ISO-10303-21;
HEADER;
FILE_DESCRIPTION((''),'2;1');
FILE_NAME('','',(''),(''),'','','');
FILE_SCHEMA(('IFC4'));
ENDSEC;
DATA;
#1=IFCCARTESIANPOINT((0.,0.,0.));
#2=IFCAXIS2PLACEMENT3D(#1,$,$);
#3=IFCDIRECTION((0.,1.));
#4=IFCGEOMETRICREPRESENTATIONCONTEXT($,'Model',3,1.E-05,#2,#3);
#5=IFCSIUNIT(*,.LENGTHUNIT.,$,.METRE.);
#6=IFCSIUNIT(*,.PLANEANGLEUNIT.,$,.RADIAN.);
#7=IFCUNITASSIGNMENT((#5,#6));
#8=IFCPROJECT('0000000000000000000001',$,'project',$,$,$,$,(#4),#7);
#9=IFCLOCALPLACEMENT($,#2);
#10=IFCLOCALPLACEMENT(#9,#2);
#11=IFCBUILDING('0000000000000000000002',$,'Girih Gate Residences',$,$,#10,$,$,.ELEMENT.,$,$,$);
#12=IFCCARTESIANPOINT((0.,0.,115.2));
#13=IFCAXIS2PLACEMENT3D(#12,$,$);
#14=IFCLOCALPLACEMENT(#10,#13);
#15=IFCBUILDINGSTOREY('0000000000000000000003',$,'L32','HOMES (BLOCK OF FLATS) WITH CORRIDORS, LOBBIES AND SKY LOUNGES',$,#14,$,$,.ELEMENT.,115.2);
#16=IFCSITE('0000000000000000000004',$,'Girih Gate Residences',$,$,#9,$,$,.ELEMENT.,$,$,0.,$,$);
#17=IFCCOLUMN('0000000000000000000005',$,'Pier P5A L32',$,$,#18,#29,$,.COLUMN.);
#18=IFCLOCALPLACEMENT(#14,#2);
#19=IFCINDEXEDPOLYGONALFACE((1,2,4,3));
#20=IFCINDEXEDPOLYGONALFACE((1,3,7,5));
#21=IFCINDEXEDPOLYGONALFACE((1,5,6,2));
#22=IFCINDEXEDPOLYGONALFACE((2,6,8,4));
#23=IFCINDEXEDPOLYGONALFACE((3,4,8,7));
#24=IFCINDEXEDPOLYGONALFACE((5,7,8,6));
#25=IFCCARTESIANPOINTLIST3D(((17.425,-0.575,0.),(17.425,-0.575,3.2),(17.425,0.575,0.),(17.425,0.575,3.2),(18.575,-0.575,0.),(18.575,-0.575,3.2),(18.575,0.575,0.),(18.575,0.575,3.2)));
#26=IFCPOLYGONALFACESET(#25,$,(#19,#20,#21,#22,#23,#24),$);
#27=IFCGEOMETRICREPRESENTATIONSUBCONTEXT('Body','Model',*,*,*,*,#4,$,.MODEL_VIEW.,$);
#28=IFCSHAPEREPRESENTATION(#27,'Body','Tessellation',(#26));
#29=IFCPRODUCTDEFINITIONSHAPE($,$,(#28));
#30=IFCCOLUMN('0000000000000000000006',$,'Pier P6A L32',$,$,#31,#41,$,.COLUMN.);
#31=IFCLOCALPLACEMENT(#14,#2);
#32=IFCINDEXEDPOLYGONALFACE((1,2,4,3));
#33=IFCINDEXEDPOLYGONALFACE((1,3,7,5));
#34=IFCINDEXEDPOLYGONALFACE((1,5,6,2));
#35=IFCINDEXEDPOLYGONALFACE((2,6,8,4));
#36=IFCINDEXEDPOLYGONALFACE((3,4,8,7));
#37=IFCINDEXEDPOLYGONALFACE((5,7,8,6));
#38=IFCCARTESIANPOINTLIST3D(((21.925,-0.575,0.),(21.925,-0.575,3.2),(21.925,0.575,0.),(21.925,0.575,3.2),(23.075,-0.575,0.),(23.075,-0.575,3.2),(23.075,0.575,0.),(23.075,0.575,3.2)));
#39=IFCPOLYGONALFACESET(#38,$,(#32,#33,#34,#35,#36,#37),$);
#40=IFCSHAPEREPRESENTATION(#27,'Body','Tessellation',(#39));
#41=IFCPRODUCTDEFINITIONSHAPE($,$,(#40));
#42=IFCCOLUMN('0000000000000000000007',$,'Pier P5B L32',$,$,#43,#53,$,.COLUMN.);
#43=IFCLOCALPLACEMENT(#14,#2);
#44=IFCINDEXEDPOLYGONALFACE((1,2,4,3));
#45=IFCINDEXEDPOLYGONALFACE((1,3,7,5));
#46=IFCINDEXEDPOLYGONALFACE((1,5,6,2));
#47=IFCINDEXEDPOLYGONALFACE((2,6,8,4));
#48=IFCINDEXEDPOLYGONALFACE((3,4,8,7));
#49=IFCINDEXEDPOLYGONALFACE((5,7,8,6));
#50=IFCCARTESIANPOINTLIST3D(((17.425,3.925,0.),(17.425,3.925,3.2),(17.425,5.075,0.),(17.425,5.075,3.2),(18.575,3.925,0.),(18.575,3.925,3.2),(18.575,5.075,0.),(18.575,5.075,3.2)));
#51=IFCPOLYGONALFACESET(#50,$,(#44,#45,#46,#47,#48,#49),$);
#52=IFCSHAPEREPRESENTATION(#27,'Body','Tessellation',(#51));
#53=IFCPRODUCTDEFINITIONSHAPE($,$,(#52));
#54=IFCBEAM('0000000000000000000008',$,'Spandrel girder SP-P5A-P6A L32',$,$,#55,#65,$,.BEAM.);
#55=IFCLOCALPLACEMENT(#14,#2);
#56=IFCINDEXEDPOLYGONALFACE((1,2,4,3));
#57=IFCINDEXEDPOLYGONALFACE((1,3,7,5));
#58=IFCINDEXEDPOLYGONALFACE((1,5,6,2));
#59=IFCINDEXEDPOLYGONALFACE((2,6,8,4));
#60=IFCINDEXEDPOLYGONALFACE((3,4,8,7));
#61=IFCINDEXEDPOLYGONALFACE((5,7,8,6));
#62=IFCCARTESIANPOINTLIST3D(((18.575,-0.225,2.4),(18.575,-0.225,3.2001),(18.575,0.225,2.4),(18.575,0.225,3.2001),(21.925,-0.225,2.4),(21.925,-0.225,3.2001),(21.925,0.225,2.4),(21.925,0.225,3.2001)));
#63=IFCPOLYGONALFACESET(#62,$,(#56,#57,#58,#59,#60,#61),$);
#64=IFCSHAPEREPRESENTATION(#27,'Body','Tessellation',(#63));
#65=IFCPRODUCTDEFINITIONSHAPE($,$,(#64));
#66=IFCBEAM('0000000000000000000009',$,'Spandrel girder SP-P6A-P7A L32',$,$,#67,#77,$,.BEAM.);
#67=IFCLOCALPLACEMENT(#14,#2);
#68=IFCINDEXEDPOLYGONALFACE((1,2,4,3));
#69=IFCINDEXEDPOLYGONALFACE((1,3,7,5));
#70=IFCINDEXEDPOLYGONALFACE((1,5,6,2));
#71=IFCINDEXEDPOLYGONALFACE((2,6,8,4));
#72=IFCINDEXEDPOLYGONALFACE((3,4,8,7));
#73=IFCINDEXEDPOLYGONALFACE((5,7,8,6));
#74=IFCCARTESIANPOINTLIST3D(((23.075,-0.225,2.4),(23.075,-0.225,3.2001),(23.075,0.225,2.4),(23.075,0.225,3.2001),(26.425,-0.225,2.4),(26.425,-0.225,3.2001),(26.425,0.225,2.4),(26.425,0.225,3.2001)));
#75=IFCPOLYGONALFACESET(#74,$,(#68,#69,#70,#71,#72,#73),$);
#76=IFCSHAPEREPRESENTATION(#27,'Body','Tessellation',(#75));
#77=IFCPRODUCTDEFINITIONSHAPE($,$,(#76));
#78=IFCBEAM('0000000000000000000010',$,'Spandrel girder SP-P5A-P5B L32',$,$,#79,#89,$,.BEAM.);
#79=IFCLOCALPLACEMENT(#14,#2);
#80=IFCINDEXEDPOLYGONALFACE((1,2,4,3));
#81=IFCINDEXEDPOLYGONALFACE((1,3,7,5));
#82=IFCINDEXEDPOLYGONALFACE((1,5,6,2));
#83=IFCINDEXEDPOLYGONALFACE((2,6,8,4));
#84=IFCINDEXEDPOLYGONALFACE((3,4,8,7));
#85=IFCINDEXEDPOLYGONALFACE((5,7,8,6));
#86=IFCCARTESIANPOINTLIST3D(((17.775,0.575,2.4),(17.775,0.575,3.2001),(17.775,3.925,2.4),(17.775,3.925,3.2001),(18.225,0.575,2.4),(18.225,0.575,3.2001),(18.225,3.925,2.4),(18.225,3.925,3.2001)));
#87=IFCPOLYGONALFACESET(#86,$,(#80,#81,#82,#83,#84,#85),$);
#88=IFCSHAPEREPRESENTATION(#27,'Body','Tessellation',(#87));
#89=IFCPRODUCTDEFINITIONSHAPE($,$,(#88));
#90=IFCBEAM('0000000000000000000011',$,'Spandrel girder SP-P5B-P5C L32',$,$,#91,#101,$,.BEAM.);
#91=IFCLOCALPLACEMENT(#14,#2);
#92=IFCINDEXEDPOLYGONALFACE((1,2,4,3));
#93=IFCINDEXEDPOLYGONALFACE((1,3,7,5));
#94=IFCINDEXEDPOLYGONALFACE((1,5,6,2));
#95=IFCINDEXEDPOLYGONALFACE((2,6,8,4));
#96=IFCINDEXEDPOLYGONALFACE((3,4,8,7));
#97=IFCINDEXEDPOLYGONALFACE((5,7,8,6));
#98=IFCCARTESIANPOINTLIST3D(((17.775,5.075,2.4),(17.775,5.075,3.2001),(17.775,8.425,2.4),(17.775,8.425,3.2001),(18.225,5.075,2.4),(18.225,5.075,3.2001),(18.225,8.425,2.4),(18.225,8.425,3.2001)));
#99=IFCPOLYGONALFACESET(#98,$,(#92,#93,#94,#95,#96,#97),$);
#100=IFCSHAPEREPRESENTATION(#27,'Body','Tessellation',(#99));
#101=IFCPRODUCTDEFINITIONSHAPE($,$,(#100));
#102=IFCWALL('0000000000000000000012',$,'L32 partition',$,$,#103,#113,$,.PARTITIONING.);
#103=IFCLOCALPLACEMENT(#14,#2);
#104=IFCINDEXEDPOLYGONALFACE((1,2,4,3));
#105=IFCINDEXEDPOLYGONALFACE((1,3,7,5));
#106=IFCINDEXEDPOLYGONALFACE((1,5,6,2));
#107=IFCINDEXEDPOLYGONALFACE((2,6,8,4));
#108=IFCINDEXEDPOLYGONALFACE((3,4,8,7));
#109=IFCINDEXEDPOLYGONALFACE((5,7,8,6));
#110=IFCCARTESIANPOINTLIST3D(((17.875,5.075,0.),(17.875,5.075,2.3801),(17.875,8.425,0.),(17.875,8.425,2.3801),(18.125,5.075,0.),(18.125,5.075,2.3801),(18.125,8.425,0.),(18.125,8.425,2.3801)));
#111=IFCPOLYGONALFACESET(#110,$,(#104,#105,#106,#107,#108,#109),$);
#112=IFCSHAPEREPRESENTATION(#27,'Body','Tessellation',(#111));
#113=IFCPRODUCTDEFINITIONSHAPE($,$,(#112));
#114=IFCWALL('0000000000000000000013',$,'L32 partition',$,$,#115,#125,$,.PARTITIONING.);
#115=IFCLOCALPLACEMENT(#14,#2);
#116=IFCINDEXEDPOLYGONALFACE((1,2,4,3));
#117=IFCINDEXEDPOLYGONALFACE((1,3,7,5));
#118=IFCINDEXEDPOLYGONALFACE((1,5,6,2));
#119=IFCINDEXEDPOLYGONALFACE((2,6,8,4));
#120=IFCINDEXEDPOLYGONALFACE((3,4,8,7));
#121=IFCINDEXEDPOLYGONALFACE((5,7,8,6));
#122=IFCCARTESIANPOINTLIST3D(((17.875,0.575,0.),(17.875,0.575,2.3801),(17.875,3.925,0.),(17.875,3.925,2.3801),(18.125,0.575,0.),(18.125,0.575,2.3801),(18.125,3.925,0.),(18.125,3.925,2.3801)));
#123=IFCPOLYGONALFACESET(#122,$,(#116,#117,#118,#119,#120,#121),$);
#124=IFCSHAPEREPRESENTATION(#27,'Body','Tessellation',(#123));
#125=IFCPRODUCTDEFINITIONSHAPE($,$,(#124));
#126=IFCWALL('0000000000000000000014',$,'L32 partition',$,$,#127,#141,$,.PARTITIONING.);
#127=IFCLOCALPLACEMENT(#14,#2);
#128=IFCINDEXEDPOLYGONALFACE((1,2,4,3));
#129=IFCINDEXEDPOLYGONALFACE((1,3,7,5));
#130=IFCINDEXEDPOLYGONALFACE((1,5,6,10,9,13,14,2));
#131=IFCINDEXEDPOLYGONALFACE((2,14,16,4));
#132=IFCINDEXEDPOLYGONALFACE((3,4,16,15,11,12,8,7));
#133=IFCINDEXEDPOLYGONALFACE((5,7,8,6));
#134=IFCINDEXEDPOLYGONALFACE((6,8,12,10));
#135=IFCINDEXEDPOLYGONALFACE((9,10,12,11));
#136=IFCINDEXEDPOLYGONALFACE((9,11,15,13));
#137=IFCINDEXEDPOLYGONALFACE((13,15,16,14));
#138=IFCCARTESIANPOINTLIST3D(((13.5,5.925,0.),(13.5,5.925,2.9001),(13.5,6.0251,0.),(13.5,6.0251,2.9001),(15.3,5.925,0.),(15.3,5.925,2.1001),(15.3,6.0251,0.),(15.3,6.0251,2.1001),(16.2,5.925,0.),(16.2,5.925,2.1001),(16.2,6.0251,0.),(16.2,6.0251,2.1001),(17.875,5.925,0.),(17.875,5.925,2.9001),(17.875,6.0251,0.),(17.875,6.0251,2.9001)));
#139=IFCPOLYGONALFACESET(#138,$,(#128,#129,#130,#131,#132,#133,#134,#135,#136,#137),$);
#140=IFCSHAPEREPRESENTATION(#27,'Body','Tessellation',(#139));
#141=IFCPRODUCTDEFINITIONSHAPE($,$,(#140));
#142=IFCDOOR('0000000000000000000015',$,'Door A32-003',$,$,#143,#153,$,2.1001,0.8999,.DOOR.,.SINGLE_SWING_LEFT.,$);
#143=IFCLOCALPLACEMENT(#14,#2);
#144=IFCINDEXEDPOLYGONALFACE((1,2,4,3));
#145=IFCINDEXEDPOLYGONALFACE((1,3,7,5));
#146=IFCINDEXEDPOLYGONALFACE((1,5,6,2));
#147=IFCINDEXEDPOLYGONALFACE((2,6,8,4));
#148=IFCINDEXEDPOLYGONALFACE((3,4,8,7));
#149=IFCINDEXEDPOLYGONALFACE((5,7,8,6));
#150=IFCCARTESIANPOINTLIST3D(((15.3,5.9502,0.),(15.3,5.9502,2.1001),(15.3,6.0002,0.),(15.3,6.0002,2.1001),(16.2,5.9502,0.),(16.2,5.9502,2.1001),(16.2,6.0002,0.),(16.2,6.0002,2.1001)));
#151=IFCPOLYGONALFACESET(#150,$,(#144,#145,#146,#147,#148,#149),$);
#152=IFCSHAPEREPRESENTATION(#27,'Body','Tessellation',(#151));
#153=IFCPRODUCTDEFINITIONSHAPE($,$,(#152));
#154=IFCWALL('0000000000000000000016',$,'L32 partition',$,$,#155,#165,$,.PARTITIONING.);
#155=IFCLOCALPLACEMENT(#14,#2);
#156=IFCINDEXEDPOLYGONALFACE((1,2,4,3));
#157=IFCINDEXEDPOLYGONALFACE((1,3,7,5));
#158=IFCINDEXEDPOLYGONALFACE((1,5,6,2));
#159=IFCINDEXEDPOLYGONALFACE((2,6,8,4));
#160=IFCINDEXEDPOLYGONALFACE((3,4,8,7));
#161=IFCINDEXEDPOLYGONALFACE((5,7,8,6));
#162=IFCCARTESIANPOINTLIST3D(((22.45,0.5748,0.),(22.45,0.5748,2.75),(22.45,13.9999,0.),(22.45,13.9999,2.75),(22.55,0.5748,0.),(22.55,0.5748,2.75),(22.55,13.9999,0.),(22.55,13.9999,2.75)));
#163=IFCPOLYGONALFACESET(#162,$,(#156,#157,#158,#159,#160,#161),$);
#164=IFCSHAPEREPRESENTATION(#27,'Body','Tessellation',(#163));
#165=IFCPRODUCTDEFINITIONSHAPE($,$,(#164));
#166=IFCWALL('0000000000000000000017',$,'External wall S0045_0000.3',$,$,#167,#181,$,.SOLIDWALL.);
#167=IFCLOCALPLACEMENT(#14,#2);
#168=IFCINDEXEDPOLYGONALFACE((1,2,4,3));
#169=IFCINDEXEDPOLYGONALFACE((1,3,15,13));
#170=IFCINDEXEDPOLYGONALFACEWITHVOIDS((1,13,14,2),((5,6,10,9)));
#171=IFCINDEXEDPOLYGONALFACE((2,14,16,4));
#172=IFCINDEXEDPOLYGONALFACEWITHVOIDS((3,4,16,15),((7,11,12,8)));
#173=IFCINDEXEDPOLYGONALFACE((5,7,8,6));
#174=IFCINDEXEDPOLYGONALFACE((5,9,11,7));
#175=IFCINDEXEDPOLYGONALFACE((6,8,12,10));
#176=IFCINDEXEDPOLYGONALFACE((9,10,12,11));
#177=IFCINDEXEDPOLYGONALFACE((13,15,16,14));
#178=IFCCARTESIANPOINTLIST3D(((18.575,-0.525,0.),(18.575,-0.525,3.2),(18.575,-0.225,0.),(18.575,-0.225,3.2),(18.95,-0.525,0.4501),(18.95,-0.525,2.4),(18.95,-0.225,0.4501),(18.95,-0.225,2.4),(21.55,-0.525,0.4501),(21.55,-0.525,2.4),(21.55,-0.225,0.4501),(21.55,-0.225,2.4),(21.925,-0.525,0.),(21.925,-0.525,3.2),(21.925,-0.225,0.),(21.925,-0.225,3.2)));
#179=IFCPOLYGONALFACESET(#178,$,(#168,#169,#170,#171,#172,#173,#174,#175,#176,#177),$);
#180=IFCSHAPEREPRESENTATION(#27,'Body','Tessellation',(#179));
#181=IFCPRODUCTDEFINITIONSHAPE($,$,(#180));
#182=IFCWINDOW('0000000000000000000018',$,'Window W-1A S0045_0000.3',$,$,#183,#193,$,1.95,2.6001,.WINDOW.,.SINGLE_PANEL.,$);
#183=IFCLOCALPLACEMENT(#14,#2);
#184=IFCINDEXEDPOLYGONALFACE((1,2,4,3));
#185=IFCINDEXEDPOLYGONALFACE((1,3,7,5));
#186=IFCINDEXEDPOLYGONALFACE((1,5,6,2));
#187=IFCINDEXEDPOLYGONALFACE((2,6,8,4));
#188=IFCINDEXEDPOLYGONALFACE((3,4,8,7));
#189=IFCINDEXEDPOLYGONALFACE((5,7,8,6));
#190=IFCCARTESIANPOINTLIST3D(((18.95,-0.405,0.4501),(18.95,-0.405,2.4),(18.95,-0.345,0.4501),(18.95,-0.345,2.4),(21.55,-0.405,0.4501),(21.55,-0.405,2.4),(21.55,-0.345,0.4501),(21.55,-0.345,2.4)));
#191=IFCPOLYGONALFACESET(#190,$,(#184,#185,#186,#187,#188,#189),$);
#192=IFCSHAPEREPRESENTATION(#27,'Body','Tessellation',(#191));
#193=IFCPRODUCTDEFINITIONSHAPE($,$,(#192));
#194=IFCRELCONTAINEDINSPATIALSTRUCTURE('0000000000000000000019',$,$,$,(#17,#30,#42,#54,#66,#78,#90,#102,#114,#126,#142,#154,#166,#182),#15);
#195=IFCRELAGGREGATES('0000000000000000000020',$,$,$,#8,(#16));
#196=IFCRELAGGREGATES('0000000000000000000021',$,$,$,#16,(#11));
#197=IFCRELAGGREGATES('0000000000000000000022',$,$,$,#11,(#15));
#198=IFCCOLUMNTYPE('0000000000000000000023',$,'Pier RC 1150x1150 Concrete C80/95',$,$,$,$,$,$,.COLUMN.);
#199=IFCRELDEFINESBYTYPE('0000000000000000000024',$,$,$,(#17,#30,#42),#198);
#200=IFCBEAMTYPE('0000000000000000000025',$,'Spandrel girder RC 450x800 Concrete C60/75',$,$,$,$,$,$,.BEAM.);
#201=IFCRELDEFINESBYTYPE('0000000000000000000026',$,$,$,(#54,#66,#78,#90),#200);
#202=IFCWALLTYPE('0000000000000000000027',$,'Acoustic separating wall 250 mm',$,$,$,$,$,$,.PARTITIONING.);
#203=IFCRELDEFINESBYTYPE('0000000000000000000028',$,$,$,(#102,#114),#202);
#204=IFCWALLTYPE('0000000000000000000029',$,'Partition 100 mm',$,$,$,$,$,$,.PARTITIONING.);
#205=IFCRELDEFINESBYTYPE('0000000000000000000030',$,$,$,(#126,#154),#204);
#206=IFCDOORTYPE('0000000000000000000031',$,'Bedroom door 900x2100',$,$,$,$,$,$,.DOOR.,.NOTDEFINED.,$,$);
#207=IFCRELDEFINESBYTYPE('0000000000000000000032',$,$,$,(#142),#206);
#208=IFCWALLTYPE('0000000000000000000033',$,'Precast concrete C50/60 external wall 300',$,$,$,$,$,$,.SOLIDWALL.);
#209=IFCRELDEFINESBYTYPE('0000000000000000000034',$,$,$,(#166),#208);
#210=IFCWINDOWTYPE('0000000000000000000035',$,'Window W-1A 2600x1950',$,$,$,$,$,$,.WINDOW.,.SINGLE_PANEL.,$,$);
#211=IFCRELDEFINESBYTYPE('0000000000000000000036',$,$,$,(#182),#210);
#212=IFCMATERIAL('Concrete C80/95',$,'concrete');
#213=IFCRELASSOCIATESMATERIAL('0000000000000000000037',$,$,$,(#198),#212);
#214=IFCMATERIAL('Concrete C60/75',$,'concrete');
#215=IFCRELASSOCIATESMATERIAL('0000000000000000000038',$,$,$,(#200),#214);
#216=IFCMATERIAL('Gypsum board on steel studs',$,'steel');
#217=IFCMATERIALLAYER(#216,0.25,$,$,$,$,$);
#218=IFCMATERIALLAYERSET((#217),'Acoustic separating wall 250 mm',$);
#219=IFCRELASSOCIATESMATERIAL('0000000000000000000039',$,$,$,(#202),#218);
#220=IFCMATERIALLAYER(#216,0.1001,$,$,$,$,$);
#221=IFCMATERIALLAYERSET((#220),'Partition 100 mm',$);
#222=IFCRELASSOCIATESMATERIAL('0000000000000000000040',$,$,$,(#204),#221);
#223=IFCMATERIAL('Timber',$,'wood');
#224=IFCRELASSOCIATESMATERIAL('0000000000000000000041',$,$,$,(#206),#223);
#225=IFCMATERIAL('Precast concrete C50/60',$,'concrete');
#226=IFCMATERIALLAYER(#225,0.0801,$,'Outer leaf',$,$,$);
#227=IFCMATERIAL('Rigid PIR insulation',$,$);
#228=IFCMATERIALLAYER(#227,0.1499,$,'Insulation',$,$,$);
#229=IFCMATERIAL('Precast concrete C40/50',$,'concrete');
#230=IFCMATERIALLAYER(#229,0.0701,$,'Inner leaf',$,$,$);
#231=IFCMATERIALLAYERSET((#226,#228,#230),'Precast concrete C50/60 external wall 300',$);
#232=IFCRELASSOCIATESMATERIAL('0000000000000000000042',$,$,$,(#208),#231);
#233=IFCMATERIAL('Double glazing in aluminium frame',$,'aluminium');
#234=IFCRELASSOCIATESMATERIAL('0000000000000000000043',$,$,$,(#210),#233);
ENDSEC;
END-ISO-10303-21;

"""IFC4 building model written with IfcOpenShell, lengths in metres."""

from ifc_helpers import new_model, si_unit, direction, frame, frame_2d, origin, origin_2d, place, context, subcontext, project, spatial, rectangle, extrude, material, layer, layer_set, material_profile, profile_set, type_object, element, fill, save


model = new_model("IFC4")

# Units and contexts
model_context = context("Model", 3, precision=1e-05, world=origin(), true_north=direction((0.0, 1.0)))
body_context = subcontext(model_context, "Body", "Model", "MODEL_VIEW")
ifc_project = project(units=[si_unit("LENGTHUNIT", "METRE"), si_unit("PLANEANGLEUNIT", "RADIAN")], contexts=[model_context])

# Site, building, storey
site_placement = place(None, origin())
site = spatial("IfcSite", under=ifc_project, at=site_placement, Name="Girih Gate Residences", CompositionType="ELEMENT", RefElevation=0.0)
building_placement = place(site_placement, origin())
building = spatial("IfcBuilding", under=site, at=building_placement, Name="Girih Gate Residences", CompositionType="ELEMENT")
storey_placement = place(building_placement, frame((0.0, 0.0, 115.2)))
storey = spatial("IfcBuildingStorey", under=building, at=storey_placement, Name="L32", Description="HOMES (BLOCK OF FLATS) WITH CORRIDORS, LOBBIES AND SKY LOUNGES", CompositionType="ELEMENT", Elevation=115.2)

# Columns
ifc_material_1 = material(Name="Concrete C80/95", Category="concrete")
ifc_material_profile_1 = material_profile(ifc_material_1, rectangle(XDim=1.1499, YDim=1.1499, at=origin_2d()))
ifc_profile_set_1 = profile_set([ifc_material_profile_1], Name="Concrete C80/95")
column_type = type_object("IfcColumnType", Name="Pier RC 1150x1150 Concrete C80/95", PredefinedType="COLUMN", material=ifc_profile_set_1)
for number, where, z_axis, x_axis, name in (
    (1, (18.0, 0.0, 0.0), (0.0, 0.0, 1.0), (1.0, 0.0, 0.0), "Pier P5A L32"),
    (2, (22.5, 0.0, 0.0), (0.0, 0.0, 1.0), (1.0, 0.0, 0.0), "Pier P6A L32"),
    (3, (18.0, 4.5, 0.0), (0.0, 0.0, 1.0), (1.0, 0.0, 0.0), "Pier P5B L32"),
):
    element("IfcColumn", number, at=place(storey_placement, frame(where, z_axis=z_axis, x_axis=x_axis)), inside=storey, type_object=column_type, Name=name, PredefinedType="COLUMN", context=body_context, shape_type="SweptSolid", body=[
        extrude(rectangle(XDim=1.1499, YDim=1.1499, at=origin_2d()), origin(), (0.0, 0.0, 1.0), 3.2),
    ])

# Beams
ifc_material_2 = material(Name="Concrete C60/75", Category="concrete")
ifc_material_profile_2 = material_profile(ifc_material_2, rectangle(XDim=0.45, YDim=0.8, at=origin_2d()))
ifc_profile_set_2 = profile_set([ifc_material_profile_2], Name="Concrete C60/75")
beam_type = type_object("IfcBeamType", Name="Spandrel girder RC 450x800 Concrete C60/75", PredefinedType="BEAM", material=ifc_profile_set_2)
for number, where, z_axis, x_axis, name in (
    (4, (18.575, 0.0, 2.8), (1.0, 0.0, 0.0), (0.0, 1.0, 0.0), "Spandrel girder SP-P5A-P6A L32"),
    (5, (23.075, 0.0, 2.8), (1.0, 0.0, 0.0), (0.0, 1.0, 0.0), "Spandrel girder SP-P6A-P7A L32"),
    (6, (18.0, 0.575, 2.8), (0.0, 1.0, 0.0), (-1.0, 0.0, 0.0), "Spandrel girder SP-P5A-P5B L32"),
    (7, (18.0, 5.075, 2.8), (0.0, 1.0, 0.0), (-1.0, 0.0, 0.0), "Spandrel girder SP-P5B-P5C L32"),
):
    element("IfcBeam", number, at=place(storey_placement, frame(where, z_axis=z_axis, x_axis=x_axis)), inside=storey, type_object=beam_type, Name=name, PredefinedType="BEAM", context=body_context, shape_type="SweptSolid", body=[
        extrude(rectangle(XDim=0.45, YDim=0.8, at=origin_2d()), origin(), (0.0, 0.0, 1.0), 3.3501),
    ])

# Walls
ifc_material_3 = material(Name="Gypsum board on steel studs", Category="steel")
ifc_layer_1 = layer(ifc_material_3, 0.25)
ifc_layer_set_1 = layer_set([ifc_layer_1], Name="Acoustic separating wall 250 mm")
wall_type_1 = type_object("IfcWallType", Name="Acoustic separating wall 250 mm", PredefinedType="PARTITIONING", material=ifc_layer_set_1)
for number, where, z_axis, x_axis, name in (
    (8, (18.0, 5.075, 0.0), (0.0, 0.0, 1.0), (0.0, 1.0, 0.0), "L32 partition"),
    (9, (18.0, 0.575, 0.0), (0.0, 0.0, 1.0), (0.0, 1.0, 0.0), "L32 partition"),
):
    element("IfcWall", number, at=place(storey_placement, frame(where, z_axis=z_axis, x_axis=x_axis)), inside=storey, type_object=wall_type_1, Name=name, PredefinedType="PARTITIONING", context=body_context, shape_type="SweptSolid", body=[
        extrude(rectangle(XDim=3.3501, YDim=0.25, at=frame_2d((1.675, 0.0))), origin(), (0.0, 0.0, 1.0), 2.3801),
    ])

# Wall, opening, door
ifc_layer_2 = layer(ifc_material_3, 0.1001)
ifc_layer_set_2 = layer_set([ifc_layer_2], Name="Partition 100 mm")
wall_type_2 = type_object("IfcWallType", Name="Partition 100 mm", PredefinedType="PARTITIONING", material=ifc_layer_set_2)
wall_1_placement = place(storey_placement, frame((17.875, 5.9751, 0.0), z_axis=(0.0, 0.0, 1.0), x_axis=(-1.0, 0.0, 0.0)))
wall_1 = element("IfcWall", 10, at=wall_1_placement, inside=storey, type_object=wall_type_2, Name="L32 partition", PredefinedType="PARTITIONING", context=body_context, shape_type="SweptSolid", body=[
    extrude(rectangle(XDim=4.375, YDim=0.1001, at=frame_2d((2.1875, 0.0))), origin(), (0.0, 0.0, 1.0), 2.9001),
])
opening_1_placement = place(wall_1_placement, frame((1.675, 0.0, 0.0)))
opening_1 = element("IfcOpeningElement", 11, at=opening_1_placement, cuts=wall_1, PredefinedType="OPENING", context=body_context, shape_type="SweptSolid", body=[
    extrude(rectangle(XDim=0.8999, YDim=2.1001, at=frame_2d((0.45, 1.05))), frame((0.0, 0.0601, 0.0), z_axis=(0.0, -1.0, 0.0), x_axis=(1.0, 0.0, 0.0)), (0.0, 0.0, 1.0), 0.1201),
])
ifc_material_4 = material(Name="Timber", Category="wood")
door_type = type_object("IfcDoorType", Name="Bedroom door 900x2100", OperationType="NOTDEFINED", PredefinedType="DOOR", material=ifc_material_4)
door_placement = place(opening_1_placement, origin())
door = element("IfcDoor", 12, at=door_placement, inside=storey, type_object=door_type, Name="Door A32-003", OperationType="SINGLE_SWING_LEFT", OverallHeight=2.1001, OverallWidth=0.8999, PredefinedType="DOOR", context=body_context, shape_type="SweptSolid", body=[
    extrude(rectangle(XDim=0.8999, YDim=2.1001, at=frame_2d((0.45, 1.05))), frame((0.0, 0.0249, 0.0), z_axis=(0.0, -1.0, 0.0), x_axis=(1.0, 0.0, 0.0)), (0.0, 0.0, 1.0), 0.05),
])
fill(opening_1, door)

# Wall
wall_2_placement = place(storey_placement, frame((22.5, 0.575, 0.0), z_axis=(0.0, 0.0, 1.0), x_axis=(0.0, 1.0, 0.0)))
element("IfcWall", 13, at=wall_2_placement, inside=storey, type_object=wall_type_2, Name="L32 partition", PredefinedType="PARTITIONING", context=body_context, shape_type="SweptSolid", body=[
    extrude(rectangle(XDim=13.425, YDim=0.1001, at=frame_2d((6.7124, 0.0))), origin(), (0.0, 0.0, 1.0), 2.75),
])

# Wall, opening, window
ifc_material_5 = material(Name="Precast concrete C50/60", Category="concrete")
ifc_layer_3 = layer(ifc_material_5, 0.0801, Name="Outer leaf")
ifc_material_6 = material(Name="Rigid PIR insulation")
ifc_layer_4 = layer(ifc_material_6, 0.1499, Name="Insulation")
ifc_material_7 = material(Name="Precast concrete C40/50", Category="concrete")
ifc_layer_5 = layer(ifc_material_7, 0.0701, Name="Inner leaf")
ifc_layer_set_3 = layer_set([ifc_layer_3, ifc_layer_4, ifc_layer_5], Name="Precast concrete C50/60 external wall 300")
wall_type_3 = type_object("IfcWallType", Name="Precast concrete C50/60 external wall 300", PredefinedType="SOLIDWALL", material=ifc_layer_set_3)
wall_3_placement = place(storey_placement, frame((21.925, -0.375, 0.0), z_axis=(0.0, 0.0, 1.0), x_axis=(-1.0, 0.0, 0.0)))
wall_3 = element("IfcWall", 14, at=wall_3_placement, inside=storey, type_object=wall_type_3, Name="External wall S0045_0000.3", PredefinedType="SOLIDWALL", context=body_context, shape_type="SweptSolid", body=[
    extrude(rectangle(XDim=3.3501, YDim=0.3, at=frame_2d((1.675, 0.0))), origin(), (0.0, 0.0, 1.0), 3.2),
])
opening_2_placement = place(wall_3_placement, frame((0.375, 0.0, 0.45)))
opening_2 = element("IfcOpeningElement", 15, at=opening_2_placement, cuts=wall_3, PredefinedType="OPENING", context=body_context, shape_type="SweptSolid", body=[
    extrude(rectangle(XDim=2.6001, YDim=1.95, at=frame_2d((1.3, 0.9751))), frame((0.0, 0.1599, 0.0), z_axis=(0.0, -1.0, 0.0), x_axis=(1.0, 0.0, 0.0)), (0.0, 0.0, 1.0), 0.3201),
])
ifc_material_8 = material(Name="Double glazing in aluminium frame", Category="aluminium")
window_type = type_object("IfcWindowType", Name="Window W-1A 2600x1950", PartitioningType="SINGLE_PANEL", PredefinedType="WINDOW", material=ifc_material_8)
window_placement = place(opening_2_placement, origin())
window = element("IfcWindow", 16, at=window_placement, inside=storey, type_object=window_type, Name="Window W-1A S0045_0000.3", OverallHeight=1.95, OverallWidth=2.6001, PartitioningType="SINGLE_PANEL", PredefinedType="WINDOW", context=body_context, shape_type="SweptSolid", body=[
    extrude(rectangle(XDim=2.6001, YDim=1.95, at=frame_2d((1.3, 0.9751))), frame((0.0, 0.03, 0.0), z_axis=(0.0, -1.0, 0.0), x_axis=(1.0, 0.0, 0.0)), (0.0, 0.0, 1.0), 0.0601),
])
fill(opening_2, window)

save(model, "model.ifc")
